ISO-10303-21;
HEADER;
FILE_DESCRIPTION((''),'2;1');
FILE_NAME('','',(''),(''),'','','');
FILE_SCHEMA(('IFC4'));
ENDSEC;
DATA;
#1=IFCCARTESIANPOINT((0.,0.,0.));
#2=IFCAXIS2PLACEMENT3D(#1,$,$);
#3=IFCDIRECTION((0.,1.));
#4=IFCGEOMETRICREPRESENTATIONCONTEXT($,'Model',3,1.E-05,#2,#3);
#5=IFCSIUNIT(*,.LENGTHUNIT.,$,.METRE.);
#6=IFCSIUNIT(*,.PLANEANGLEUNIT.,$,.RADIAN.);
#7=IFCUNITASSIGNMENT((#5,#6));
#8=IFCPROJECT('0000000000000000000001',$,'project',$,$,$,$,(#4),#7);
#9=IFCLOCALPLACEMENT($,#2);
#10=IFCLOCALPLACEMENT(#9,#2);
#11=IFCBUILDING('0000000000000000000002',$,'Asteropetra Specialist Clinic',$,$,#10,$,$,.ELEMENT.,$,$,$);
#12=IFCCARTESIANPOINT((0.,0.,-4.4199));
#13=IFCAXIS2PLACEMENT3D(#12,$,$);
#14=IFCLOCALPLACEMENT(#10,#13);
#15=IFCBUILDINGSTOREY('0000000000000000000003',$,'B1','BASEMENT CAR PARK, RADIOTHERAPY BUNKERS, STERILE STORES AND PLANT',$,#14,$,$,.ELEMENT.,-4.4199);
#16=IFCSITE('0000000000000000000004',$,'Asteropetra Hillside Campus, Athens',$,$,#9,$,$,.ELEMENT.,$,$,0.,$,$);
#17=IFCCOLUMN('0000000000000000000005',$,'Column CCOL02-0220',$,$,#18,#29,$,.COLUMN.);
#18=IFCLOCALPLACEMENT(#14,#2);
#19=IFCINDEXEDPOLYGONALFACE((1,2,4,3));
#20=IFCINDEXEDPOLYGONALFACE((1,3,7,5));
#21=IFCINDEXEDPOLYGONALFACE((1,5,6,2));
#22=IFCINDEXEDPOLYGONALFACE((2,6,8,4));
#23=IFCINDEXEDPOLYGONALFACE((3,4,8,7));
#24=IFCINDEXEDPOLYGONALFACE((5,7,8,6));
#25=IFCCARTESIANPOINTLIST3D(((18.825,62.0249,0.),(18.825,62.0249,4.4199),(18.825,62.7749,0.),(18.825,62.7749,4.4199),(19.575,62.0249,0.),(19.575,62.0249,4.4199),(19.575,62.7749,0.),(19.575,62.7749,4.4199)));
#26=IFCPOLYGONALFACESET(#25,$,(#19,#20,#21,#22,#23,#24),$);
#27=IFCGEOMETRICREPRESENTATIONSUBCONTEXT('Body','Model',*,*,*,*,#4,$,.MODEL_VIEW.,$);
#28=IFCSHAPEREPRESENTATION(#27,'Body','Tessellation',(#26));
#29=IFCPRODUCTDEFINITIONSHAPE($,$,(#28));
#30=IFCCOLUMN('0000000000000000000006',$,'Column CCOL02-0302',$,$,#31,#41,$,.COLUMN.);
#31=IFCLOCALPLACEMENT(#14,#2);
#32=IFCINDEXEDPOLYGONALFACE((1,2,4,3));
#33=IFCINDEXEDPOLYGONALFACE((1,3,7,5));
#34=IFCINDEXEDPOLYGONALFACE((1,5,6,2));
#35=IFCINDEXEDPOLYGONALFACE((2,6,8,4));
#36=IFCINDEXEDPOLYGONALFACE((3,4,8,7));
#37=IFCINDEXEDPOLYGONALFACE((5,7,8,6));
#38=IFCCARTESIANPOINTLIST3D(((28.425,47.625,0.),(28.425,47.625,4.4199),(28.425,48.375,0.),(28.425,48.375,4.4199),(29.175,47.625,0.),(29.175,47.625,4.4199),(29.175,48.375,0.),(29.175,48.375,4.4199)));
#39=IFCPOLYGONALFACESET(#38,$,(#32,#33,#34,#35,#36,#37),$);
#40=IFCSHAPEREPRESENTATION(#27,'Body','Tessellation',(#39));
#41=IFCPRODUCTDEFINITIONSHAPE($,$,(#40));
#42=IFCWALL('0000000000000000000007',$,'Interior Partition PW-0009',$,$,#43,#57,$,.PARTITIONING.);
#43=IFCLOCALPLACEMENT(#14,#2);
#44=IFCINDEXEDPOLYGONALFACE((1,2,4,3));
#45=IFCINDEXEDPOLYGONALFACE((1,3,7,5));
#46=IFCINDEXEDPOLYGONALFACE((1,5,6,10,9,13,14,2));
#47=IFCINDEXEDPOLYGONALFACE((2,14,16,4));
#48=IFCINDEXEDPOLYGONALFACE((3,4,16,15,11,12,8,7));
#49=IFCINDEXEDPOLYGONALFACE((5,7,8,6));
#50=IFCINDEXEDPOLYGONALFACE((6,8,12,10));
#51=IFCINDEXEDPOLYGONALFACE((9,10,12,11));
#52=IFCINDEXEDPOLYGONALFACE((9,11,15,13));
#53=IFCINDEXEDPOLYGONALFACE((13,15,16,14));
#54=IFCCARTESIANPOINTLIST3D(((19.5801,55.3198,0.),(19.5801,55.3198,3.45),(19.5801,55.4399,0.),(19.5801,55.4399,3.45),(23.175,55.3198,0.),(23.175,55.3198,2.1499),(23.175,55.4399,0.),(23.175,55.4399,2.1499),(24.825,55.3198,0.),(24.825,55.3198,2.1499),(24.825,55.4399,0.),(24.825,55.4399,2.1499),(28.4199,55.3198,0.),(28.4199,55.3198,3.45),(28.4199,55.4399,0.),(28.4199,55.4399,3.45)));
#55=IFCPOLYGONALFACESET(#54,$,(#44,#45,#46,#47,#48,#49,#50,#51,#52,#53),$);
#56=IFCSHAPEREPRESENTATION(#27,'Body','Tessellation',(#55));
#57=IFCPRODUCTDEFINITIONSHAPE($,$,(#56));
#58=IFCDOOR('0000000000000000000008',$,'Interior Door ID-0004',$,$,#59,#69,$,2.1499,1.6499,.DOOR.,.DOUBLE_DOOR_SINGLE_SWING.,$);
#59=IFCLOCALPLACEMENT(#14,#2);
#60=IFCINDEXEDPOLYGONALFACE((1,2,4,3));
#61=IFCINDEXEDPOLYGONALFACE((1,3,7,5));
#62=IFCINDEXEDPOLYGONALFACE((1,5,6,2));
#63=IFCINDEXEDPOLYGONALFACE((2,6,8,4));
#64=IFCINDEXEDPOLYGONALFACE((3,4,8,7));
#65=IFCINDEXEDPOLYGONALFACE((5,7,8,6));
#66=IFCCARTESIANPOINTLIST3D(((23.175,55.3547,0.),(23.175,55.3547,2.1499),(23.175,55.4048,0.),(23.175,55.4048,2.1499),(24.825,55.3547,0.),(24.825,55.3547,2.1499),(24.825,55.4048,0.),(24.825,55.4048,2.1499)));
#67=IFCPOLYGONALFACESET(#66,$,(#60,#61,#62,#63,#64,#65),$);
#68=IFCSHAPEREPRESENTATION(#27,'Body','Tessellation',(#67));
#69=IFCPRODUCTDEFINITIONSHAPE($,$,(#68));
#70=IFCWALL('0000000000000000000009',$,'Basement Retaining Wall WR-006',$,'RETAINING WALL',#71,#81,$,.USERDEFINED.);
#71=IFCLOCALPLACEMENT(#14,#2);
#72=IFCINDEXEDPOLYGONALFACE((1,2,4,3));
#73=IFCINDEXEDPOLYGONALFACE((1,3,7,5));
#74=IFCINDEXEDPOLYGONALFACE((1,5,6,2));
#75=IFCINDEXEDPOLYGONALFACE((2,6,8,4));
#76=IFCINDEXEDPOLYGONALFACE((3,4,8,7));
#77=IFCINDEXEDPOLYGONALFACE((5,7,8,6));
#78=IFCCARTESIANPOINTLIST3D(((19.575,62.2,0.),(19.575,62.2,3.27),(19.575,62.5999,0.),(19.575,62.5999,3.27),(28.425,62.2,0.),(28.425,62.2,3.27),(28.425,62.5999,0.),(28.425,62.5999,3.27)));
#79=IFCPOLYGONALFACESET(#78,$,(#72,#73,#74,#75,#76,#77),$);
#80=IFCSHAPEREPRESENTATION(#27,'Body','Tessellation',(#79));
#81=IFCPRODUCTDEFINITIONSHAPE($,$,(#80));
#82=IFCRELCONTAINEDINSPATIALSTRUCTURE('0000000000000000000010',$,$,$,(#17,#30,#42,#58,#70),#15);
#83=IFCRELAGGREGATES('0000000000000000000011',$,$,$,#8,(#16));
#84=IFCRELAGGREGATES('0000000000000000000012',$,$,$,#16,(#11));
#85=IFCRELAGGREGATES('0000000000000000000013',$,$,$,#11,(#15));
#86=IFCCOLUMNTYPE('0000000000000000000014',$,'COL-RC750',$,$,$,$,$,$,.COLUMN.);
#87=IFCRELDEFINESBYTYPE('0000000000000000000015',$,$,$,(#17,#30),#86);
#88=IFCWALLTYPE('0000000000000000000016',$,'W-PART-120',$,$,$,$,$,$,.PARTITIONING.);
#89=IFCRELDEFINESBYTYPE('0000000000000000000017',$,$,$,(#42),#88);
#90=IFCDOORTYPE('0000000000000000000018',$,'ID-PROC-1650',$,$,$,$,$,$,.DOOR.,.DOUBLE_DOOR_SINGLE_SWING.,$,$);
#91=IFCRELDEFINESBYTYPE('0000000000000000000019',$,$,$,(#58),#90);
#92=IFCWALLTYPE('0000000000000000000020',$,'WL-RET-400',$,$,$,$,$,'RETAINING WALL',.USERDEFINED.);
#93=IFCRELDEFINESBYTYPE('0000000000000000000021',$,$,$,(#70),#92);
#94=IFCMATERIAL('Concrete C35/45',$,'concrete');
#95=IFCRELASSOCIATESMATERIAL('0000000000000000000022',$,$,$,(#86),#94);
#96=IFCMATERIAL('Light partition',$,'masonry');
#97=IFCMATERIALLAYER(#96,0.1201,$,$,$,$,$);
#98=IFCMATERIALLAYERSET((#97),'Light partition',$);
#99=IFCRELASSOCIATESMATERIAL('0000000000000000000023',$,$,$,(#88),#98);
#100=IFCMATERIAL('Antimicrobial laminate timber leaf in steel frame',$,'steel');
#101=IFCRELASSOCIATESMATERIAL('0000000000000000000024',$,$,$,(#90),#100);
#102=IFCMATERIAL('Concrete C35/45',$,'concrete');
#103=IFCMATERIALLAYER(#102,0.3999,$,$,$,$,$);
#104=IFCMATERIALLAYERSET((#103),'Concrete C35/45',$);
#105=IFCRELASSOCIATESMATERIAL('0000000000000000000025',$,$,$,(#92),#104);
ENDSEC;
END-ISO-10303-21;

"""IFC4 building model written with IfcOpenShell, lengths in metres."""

from ifc_helpers import new_model, si_unit, direction, frame, frame_2d, origin, origin_2d, place, context, subcontext, project, spatial, rectangle, extrude, material, layer, layer_set, material_profile, profile_set, type_object, element, fill, save


model = new_model("IFC4")

# Units and contexts
model_context = context("Model", 3, precision=1e-05, world=origin(), true_north=direction((0.0, 1.0)))
body_context = subcontext(model_context, "Body", "Model", "MODEL_VIEW")
ifc_project = project(units=[si_unit("LENGTHUNIT", "METRE"), si_unit("PLANEANGLEUNIT", "RADIAN")], contexts=[model_context])

# Site, building, storey
site_placement = place(None, origin())
site = spatial("IfcSite", under=ifc_project, at=site_placement, Name="Asteropetra Hillside Campus, Athens", CompositionType="ELEMENT", RefElevation=0.0)
building_placement = place(site_placement, origin())
building = spatial("IfcBuilding", under=site, at=building_placement, Name="Asteropetra Specialist Clinic", CompositionType="ELEMENT")
storey_placement = place(building_placement, frame((0.0, 0.0, -4.4199)))
storey = spatial("IfcBuildingStorey", under=building, at=storey_placement, Name="B1", Description="BASEMENT CAR PARK, RADIOTHERAPY BUNKERS, STERILE STORES AND PLANT", CompositionType="ELEMENT", Elevation=-4.4199)

# Columns
ifc_material_1 = material(Name="Concrete C35/45", Category="concrete")
ifc_material_profile_1 = material_profile(ifc_material_1, rectangle(XDim=0.75, YDim=0.75, at=origin_2d()), Name="RC 750x750")
ifc_profile_set_1 = profile_set([ifc_material_profile_1], Name="Concrete C35/45")
column_type = type_object("IfcColumnType", Name="COL-RC750", PredefinedType="COLUMN", material=ifc_profile_set_1)
for number, where, z_axis, x_axis, name in (
    (1, (19.2, 62.3999, 0.0), (0.0, 0.0, 1.0), (1.0, 0.0, 0.0), "Column CCOL02-0220"),
    (2, (28.8, 48.0, 0.0), (0.0, 0.0, 1.0), (1.0, 0.0, 0.0), "Column CCOL02-0302"),
):
    element("IfcColumn", number, at=place(storey_placement, frame(where, z_axis=z_axis, x_axis=x_axis)), inside=storey, type_object=column_type, Name=name, PredefinedType="COLUMN", context=body_context, shape_type="SweptSolid", body=[
        extrude(rectangle(XDim=0.75, YDim=0.75, at=origin_2d()), origin(), (0.0, 0.0, 1.0), 4.4199),
    ])

# Wall, opening, door
ifc_material_2 = material(Name="Light partition", Category="masonry")
ifc_layer_1 = layer(ifc_material_2, 0.1201)
ifc_layer_set_1 = layer_set([ifc_layer_1], Name="Light partition")
wall_type_1 = type_object("IfcWallType", Name="W-PART-120", PredefinedType="PARTITIONING", material=ifc_layer_set_1)
wall_1_placement = place(storey_placement, frame((19.5801, 55.3799, 0.0), z_axis=(0.0, 0.0, 1.0), x_axis=(1.0, 0.0, 0.0)))
wall_1 = element("IfcWall", 3, at=wall_1_placement, inside=storey, type_object=wall_type_1, Name="Interior Partition PW-0009", PredefinedType="PARTITIONING", context=body_context, shape_type="SweptSolid", body=[
    extrude(rectangle(XDim=8.8398, YDim=0.1201, at=frame_2d((4.4199, 0.0))), origin(), (0.0, 0.0, 1.0), 3.45),
])
opening_placement = place(wall_1_placement, frame((3.595, 0.0, 0.0)))
opening = element("IfcOpeningElement", 4, at=opening_placement, cuts=wall_1, PredefinedType="OPENING", context=body_context, shape_type="SweptSolid", body=[
    extrude(rectangle(XDim=1.6499, YDim=2.1499, at=frame_2d((0.825, 1.075))), frame((0.0, 0.0701, 0.0), z_axis=(0.0, -1.0, 0.0), x_axis=(1.0, 0.0, 0.0)), (0.0, 0.0, 1.0), 0.1401),
])
ifc_material_3 = material(Name="Antimicrobial laminate timber leaf in steel frame", Category="steel")
door_type = type_object("IfcDoorType", Name="ID-PROC-1650", OperationType="DOUBLE_DOOR_SINGLE_SWING", PredefinedType="DOOR", material=ifc_material_3)
door_placement = place(opening_placement, origin())
door = element("IfcDoor", 5, at=door_placement, inside=storey, type_object=door_type, Name="Interior Door ID-0004", OperationType="DOUBLE_DOOR_SINGLE_SWING", OverallHeight=2.1499, OverallWidth=1.6499, PredefinedType="DOOR", context=body_context, shape_type="SweptSolid", body=[
    extrude(rectangle(XDim=1.6499, YDim=2.1499, at=frame_2d((0.825, 1.075))), frame((0.0, 0.0249, 0.0), z_axis=(0.0, -1.0, 0.0), x_axis=(1.0, 0.0, 0.0)), (0.0, 0.0, 1.0), 0.05),
])
fill(opening, door)

# Wall
ifc_material_4 = material(Name="Concrete C35/45", Category="concrete")
ifc_layer_2 = layer(ifc_material_4, 0.3999)
ifc_layer_set_2 = layer_set([ifc_layer_2], Name="Concrete C35/45")
wall_type_2 = type_object("IfcWallType", Name="WL-RET-400", ElementType="RETAINING WALL", PredefinedType="USERDEFINED", material=ifc_layer_set_2)
wall_2_placement = place(storey_placement, frame((19.575, 62.3999, 0.0), z_axis=(0.0, 0.0, 1.0), x_axis=(1.0, 0.0, 0.0)))
element("IfcWall", 6, at=wall_2_placement, inside=storey, type_object=wall_type_2, Name="Basement Retaining Wall WR-006", ObjectType="RETAINING WALL", PredefinedType="USERDEFINED", context=body_context, shape_type="SweptSolid", body=[
    extrude(rectangle(XDim=8.8501, YDim=0.3999, at=frame_2d((4.425, 0.0))), origin(), (0.0, 0.0, 1.0), 3.27),
])

save(model, "model.ifc")
